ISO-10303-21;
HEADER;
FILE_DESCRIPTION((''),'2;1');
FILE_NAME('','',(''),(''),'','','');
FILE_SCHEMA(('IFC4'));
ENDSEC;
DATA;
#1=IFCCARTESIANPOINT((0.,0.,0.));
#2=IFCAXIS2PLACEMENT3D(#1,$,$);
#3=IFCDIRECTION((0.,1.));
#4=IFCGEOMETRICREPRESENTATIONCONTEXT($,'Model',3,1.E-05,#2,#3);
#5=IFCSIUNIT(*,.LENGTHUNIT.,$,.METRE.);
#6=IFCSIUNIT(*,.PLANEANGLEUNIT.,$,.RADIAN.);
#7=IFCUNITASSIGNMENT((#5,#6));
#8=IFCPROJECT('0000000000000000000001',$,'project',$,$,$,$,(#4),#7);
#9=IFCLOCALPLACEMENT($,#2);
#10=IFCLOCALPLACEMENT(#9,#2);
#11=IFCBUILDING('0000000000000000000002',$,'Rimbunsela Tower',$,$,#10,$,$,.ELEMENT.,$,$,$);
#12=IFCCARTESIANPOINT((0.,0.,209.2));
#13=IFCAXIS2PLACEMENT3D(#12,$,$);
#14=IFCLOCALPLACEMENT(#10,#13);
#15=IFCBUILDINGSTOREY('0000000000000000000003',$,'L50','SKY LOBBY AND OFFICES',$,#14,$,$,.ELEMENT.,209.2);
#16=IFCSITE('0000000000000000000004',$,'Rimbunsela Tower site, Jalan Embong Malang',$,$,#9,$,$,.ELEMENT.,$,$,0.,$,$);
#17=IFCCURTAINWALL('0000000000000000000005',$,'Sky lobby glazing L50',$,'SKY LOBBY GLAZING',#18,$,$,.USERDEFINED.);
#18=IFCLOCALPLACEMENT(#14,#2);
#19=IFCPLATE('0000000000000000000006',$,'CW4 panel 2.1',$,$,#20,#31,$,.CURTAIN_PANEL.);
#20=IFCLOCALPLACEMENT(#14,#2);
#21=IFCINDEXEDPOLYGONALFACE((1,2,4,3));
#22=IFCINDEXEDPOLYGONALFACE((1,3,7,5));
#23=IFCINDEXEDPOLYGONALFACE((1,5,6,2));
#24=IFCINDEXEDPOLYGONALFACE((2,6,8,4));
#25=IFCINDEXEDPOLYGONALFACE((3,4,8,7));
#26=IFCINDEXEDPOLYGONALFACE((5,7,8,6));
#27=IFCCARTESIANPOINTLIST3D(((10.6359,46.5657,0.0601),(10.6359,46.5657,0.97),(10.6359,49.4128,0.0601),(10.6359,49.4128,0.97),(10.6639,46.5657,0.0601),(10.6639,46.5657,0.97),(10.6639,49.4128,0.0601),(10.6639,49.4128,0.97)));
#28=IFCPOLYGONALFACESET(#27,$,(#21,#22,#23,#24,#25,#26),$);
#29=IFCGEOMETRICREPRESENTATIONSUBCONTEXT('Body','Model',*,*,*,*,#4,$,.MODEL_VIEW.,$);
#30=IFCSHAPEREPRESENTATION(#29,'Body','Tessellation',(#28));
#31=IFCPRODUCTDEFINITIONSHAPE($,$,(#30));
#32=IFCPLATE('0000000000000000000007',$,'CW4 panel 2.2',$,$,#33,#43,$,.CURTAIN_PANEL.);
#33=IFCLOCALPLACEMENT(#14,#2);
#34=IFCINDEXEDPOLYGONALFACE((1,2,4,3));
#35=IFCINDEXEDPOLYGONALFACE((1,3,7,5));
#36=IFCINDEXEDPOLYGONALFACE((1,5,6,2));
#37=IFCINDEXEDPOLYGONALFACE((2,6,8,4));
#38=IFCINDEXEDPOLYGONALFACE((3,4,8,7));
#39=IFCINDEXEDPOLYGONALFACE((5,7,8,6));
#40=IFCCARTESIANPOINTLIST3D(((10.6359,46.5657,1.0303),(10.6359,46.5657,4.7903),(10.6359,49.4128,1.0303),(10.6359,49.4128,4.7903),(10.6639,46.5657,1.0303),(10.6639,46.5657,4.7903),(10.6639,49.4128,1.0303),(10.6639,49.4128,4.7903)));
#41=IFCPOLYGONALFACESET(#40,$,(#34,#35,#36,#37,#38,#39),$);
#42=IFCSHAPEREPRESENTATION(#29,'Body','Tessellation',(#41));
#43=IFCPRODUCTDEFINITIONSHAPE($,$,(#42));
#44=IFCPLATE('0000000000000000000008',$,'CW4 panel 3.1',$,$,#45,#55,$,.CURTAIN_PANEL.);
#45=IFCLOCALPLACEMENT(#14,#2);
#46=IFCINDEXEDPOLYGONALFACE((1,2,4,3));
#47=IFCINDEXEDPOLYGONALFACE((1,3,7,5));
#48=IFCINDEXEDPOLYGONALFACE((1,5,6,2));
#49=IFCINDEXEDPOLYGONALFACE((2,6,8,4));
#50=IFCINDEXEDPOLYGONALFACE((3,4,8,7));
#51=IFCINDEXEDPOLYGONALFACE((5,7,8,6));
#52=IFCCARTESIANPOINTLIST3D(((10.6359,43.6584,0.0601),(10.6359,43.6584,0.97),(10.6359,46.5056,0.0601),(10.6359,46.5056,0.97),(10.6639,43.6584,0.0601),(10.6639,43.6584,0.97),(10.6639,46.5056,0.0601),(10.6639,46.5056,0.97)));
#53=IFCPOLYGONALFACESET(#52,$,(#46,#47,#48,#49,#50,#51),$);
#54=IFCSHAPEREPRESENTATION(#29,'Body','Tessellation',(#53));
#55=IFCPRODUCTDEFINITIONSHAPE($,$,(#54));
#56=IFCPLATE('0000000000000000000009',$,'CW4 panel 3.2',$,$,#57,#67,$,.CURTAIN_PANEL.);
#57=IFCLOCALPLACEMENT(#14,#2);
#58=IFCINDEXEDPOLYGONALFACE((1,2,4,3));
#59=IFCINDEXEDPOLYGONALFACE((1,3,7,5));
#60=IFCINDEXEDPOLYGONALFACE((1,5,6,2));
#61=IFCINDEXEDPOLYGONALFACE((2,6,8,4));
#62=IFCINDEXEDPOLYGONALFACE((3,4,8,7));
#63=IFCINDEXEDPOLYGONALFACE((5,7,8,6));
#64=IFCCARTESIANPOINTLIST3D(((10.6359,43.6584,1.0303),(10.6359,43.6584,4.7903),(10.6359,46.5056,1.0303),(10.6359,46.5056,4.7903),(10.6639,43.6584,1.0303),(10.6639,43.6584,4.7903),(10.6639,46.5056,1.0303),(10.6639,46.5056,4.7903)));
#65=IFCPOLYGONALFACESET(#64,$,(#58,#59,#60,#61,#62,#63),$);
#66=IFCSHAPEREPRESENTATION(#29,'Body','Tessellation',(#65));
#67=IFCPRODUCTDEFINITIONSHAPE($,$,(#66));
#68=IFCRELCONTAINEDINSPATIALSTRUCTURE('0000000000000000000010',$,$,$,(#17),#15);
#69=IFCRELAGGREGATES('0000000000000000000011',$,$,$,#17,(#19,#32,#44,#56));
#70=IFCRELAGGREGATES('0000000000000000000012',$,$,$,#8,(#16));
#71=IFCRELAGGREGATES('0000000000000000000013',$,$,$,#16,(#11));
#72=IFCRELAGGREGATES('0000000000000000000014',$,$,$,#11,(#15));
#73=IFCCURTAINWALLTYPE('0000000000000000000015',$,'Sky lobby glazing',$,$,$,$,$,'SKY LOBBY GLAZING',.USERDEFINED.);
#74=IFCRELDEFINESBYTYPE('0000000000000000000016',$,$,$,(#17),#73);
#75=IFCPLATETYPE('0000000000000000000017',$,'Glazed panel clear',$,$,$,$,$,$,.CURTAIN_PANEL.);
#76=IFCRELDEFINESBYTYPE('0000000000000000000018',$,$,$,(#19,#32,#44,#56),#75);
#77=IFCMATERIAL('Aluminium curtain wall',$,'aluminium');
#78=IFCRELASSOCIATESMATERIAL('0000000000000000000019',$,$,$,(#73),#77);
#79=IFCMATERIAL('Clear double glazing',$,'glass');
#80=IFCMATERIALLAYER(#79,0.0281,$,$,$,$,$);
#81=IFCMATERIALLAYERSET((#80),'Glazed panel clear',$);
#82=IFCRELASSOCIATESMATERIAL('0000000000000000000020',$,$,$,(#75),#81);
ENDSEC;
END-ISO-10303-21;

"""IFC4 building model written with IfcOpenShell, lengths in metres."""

from ifc_helpers import new_model, si_unit, direction, frame, origin, origin_2d, place, context, subcontext, project, spatial, rectangle, extrude, material, layer, layer_set, type_object, element, aggregate, save


model = new_model("IFC4")

# Units and contexts
model_context = context("Model", 3, precision=1e-05, world=origin(), true_north=direction((0.0, 1.0)))
body_context = subcontext(model_context, "Body", "Model", "MODEL_VIEW")
ifc_project = project(units=[si_unit("LENGTHUNIT", "METRE"), si_unit("PLANEANGLEUNIT", "RADIAN")], contexts=[model_context])

# Site, building, storey
site_placement = place(None, origin())
site = spatial("IfcSite", under=ifc_project, at=site_placement, Name="Rimbunsela Tower site, Jalan Embong Malang", CompositionType="ELEMENT", RefElevation=0.0)
building_placement = place(site_placement, origin())
building = spatial("IfcBuilding", under=site, at=building_placement, Name="Rimbunsela Tower", CompositionType="ELEMENT")
storey_placement = place(building_placement, frame((0.0, 0.0, 209.2)))
storey = spatial("IfcBuildingStorey", under=building, at=storey_placement, Name="L50", Description="SKY LOBBY AND OFFICES", CompositionType="ELEMENT", Elevation=209.2)

# Shared definitions
ifc_material_1 = material(Name="Aluminium curtain wall", Category="aluminium")
curtain_wall_type_1 = type_object("IfcCurtainWallType", Name="Sky lobby glazing", ElementType="SKY LOBBY GLAZING", PredefinedType="USERDEFINED", material=ifc_material_1)

# Curtain wall
curtain_wall_1_placement = place(storey_placement, origin())
curtain_wall_1 = element("IfcCurtainWall", 1, at=curtain_wall_1_placement, inside=storey, type_object=curtain_wall_type_1, Name="Sky lobby glazing L50", ObjectType="SKY LOBBY GLAZING", PredefinedType="USERDEFINED")

# Plates
ifc_material_2 = material(Name="Clear double glazing", Category="glass")
ifc_layer = layer(ifc_material_2, 0.0281)
ifc_layer_set = layer_set([ifc_layer], Name="Glazed panel clear")
plate_type = type_object("IfcPlateType", Name="Glazed panel clear", PredefinedType="CURTAIN_PANEL", material=ifc_layer_set)
plate_1_placement = place(storey_placement, frame((10.6499, 47.9893, 0.0601), z_axis=(0.0, 0.0, 1.0), x_axis=(0.0, -1.0, 0.0)))
plate_1 = element("IfcPlate", 2, at=plate_1_placement, type_object=plate_type, Name="CW4 panel 2.1", PredefinedType="CURTAIN_PANEL", context=body_context, shape_type="SweptSolid", body=[
    extrude(rectangle(XDim=2.8472, YDim=0.0281, at=origin_2d()), origin(), (0.0, 0.0, 1.0), 0.9099),
])
plate_2_placement = place(storey_placement, frame((10.6499, 47.9893, 1.0303), z_axis=(0.0, 0.0, 1.0), x_axis=(0.0, -1.0, 0.0)))
plate_2 = element("IfcPlate", 3, at=plate_2_placement, type_object=plate_type, Name="CW4 panel 2.2", PredefinedType="CURTAIN_PANEL", context=body_context, shape_type="SweptSolid", body=[
    extrude(rectangle(XDim=2.8472, YDim=0.0281, at=origin_2d()), origin(), (0.0, 0.0, 1.0), 3.76),
])
plate_3_placement = place(storey_placement, frame((10.6499, 45.082, 0.0601), z_axis=(0.0, 0.0, 1.0), x_axis=(0.0, -1.0, 0.0)))
plate_3 = element("IfcPlate", 4, at=plate_3_placement, type_object=plate_type, Name="CW4 panel 3.1", PredefinedType="CURTAIN_PANEL", context=body_context, shape_type="SweptSolid", body=[
    extrude(rectangle(XDim=2.8472, YDim=0.0281, at=origin_2d()), origin(), (0.0, 0.0, 1.0), 0.9099),
])
plate_4_placement = place(storey_placement, frame((10.6499, 45.082, 1.0303), z_axis=(0.0, 0.0, 1.0), x_axis=(0.0, -1.0, 0.0)))
plate_4 = element("IfcPlate", 5, at=plate_4_placement, type_object=plate_type, Name="CW4 panel 3.2", PredefinedType="CURTAIN_PANEL", context=body_context, shape_type="SweptSolid", body=[
    extrude(rectangle(XDim=2.8472, YDim=0.0281, at=origin_2d()), origin(), (0.0, 0.0, 1.0), 3.76),
])
aggregate(curtain_wall_1, [plate_1, plate_2, plate_3, plate_4])

save(model, "model.ifc")
